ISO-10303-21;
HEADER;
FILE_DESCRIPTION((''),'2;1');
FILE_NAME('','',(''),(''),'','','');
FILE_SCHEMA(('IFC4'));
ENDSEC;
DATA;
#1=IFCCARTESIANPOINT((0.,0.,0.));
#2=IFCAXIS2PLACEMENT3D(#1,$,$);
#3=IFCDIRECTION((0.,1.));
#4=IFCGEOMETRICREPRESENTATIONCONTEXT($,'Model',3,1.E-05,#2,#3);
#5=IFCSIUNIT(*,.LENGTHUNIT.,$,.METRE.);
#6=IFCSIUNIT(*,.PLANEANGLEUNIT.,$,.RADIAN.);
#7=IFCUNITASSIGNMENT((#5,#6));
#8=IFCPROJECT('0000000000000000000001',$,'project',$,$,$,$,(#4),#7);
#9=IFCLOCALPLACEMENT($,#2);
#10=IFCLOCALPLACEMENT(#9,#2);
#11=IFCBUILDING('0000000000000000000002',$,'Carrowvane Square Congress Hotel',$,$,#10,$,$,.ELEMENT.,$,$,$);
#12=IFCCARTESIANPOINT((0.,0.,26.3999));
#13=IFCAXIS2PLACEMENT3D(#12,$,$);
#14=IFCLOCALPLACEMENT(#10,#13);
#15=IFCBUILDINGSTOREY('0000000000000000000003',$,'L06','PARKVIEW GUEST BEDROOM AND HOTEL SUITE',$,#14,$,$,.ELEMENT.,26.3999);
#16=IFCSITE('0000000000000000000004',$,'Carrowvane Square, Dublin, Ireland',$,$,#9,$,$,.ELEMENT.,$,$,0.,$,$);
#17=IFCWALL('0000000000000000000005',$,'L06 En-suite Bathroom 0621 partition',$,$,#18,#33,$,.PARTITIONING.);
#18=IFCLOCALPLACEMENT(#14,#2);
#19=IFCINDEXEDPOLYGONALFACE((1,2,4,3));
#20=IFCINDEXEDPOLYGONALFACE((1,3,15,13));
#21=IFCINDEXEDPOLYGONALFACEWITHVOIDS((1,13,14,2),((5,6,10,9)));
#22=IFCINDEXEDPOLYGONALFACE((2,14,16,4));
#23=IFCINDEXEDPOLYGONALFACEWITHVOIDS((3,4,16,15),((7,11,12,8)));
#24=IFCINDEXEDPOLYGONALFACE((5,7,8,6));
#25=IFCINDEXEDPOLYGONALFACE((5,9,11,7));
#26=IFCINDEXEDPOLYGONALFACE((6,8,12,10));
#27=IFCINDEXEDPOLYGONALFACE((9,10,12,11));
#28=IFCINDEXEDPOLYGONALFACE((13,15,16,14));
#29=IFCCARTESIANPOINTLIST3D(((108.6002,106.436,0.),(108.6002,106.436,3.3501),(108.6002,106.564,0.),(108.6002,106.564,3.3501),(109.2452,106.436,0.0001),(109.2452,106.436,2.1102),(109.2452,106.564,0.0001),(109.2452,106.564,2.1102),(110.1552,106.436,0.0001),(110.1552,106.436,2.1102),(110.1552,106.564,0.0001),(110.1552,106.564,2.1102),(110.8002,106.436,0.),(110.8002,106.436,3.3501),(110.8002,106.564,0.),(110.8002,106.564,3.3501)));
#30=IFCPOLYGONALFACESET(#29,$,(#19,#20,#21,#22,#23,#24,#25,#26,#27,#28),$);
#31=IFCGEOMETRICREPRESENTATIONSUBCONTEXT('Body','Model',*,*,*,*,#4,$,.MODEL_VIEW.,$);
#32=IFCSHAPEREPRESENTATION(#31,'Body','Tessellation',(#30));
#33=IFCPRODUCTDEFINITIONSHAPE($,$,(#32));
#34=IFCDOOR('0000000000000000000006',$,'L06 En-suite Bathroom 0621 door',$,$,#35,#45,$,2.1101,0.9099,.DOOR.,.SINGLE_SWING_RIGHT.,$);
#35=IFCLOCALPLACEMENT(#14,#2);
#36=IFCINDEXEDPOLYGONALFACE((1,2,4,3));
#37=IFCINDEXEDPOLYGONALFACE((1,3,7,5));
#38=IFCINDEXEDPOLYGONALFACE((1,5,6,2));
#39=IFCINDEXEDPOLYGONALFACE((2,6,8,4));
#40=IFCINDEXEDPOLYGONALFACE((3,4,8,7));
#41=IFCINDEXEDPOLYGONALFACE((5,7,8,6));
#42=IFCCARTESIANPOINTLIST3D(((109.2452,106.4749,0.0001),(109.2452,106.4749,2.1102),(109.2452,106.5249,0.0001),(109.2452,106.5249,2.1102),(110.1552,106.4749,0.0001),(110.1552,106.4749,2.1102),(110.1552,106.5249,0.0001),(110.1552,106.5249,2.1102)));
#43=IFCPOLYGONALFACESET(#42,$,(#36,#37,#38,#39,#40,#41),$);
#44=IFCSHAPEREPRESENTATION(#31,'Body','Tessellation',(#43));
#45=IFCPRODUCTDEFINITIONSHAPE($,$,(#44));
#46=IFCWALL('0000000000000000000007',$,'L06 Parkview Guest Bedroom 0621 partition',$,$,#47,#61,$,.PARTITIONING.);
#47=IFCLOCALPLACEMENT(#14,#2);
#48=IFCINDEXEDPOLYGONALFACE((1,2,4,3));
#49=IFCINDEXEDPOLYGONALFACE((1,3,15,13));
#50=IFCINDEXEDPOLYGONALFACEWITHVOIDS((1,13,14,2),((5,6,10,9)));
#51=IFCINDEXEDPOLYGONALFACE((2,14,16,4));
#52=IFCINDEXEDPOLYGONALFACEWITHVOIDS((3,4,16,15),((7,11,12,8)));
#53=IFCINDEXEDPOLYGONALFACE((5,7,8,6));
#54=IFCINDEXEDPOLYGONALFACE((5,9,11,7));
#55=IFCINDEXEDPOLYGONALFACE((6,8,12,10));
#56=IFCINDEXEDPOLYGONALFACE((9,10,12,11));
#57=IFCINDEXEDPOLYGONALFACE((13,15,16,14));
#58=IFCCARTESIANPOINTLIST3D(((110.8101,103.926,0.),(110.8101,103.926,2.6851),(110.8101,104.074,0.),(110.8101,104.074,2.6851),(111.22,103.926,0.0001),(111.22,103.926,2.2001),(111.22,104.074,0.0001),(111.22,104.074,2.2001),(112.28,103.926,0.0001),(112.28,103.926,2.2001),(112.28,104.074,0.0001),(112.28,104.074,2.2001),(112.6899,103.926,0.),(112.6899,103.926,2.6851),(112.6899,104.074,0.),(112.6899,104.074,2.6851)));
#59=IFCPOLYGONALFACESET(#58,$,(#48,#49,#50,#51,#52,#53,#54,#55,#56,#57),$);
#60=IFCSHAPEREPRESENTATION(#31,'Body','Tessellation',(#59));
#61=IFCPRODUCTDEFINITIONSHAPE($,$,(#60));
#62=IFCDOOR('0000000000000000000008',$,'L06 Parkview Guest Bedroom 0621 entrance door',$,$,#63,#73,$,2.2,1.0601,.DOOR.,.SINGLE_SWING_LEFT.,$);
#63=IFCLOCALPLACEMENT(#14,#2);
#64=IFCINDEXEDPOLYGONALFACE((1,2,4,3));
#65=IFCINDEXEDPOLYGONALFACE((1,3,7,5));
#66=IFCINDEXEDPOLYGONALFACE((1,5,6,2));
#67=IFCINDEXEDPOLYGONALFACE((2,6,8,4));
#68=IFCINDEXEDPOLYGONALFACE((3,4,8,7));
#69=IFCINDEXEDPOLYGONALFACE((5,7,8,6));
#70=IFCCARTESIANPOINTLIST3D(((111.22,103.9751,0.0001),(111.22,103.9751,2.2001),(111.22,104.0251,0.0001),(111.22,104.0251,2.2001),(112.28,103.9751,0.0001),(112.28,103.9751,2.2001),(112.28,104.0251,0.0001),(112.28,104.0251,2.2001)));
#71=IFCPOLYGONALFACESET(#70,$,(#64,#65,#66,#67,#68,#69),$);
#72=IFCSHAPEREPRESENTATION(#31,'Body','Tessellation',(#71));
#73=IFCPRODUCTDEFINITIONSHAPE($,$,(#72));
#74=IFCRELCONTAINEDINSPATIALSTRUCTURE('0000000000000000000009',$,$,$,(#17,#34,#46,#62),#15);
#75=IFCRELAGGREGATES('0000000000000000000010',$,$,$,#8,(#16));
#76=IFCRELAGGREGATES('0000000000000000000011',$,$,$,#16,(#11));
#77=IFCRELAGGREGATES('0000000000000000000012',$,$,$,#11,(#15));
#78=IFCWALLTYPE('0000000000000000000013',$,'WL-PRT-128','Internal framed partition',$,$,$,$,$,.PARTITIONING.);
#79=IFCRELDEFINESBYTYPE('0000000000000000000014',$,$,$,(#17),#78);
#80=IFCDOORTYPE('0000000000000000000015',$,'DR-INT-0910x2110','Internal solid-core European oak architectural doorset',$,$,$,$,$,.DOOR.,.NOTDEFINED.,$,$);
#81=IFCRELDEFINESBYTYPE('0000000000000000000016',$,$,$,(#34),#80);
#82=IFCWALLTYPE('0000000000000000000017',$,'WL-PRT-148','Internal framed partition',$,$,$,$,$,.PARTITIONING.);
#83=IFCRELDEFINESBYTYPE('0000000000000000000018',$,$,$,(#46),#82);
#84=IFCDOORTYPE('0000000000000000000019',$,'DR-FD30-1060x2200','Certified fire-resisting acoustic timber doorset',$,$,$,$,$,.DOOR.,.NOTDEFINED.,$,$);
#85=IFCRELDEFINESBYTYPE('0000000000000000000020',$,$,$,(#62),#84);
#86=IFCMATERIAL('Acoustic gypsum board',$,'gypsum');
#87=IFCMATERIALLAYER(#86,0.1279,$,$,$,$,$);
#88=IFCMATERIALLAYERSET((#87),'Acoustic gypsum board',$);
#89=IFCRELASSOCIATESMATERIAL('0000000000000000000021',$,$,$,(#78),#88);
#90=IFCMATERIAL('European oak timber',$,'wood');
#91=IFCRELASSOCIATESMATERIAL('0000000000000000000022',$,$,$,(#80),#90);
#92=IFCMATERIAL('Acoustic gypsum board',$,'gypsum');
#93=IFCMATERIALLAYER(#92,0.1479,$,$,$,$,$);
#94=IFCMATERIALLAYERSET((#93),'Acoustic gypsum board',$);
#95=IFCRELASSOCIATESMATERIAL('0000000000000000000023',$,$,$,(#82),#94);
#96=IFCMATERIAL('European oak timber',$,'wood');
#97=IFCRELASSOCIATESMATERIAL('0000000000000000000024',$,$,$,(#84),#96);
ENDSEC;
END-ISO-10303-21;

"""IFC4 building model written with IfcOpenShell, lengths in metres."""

from ifc_helpers import new_model, si_unit, direction, frame, frame_2d, origin, place, context, subcontext, project, spatial, rectangle, extrude, material, layer, layer_set, type_object, element, fill, save


model = new_model("IFC4")

# Units and contexts
model_context = context("Model", 3, precision=1e-05, world=origin(), true_north=direction((0.0, 1.0)))
body_context = subcontext(model_context, "Body", "Model", "MODEL_VIEW")
ifc_project = project(units=[si_unit("LENGTHUNIT", "METRE"), si_unit("PLANEANGLEUNIT", "RADIAN")], contexts=[model_context])

# Site, building, storey
site_placement = place(None, origin())
site = spatial("IfcSite", under=ifc_project, at=site_placement, Name="Carrowvane Square, Dublin, Ireland", CompositionType="ELEMENT", RefElevation=0.0)
building_placement = place(site_placement, origin())
building = spatial("IfcBuilding", under=site, at=building_placement, Name="Carrowvane Square Congress Hotel", CompositionType="ELEMENT")
storey_placement = place(building_placement, frame((0.0, 0.0, 26.3999)))
storey = spatial("IfcBuildingStorey", under=building, at=storey_placement, Name="L06", Description="PARKVIEW GUEST BEDROOM AND HOTEL SUITE", CompositionType="ELEMENT", Elevation=26.3999)

# Walls, openings, doors
ifc_material_1 = material(Name="Acoustic gypsum board", Category="gypsum")
ifc_layer_1 = layer(ifc_material_1, 0.1279)
ifc_layer_set_1 = layer_set([ifc_layer_1], Name="Acoustic gypsum board")
wall_type_1 = type_object("IfcWallType", Name="WL-PRT-128", Description="Internal framed partition", PredefinedType="PARTITIONING", material=ifc_layer_set_1)
wall_1_placement = place(storey_placement, frame((108.6001, 106.5, 0.0), z_axis=(0.0, 0.0, 1.0), x_axis=(1.0, 0.0, 0.0)))
wall_1 = element("IfcWall", 1, at=wall_1_placement, inside=storey, type_object=wall_type_1, Name="L06 En-suite Bathroom 0621 partition", PredefinedType="PARTITIONING", context=body_context, shape_type="SweptSolid", body=[
    extrude(rectangle(XDim=2.2, YDim=0.1279, at=frame_2d((1.1001, 0.0))), origin(), (0.0, 0.0, 1.0), 3.3501),
])
opening_1_placement = place(wall_1_placement, frame((0.645, 0.0, 0.0)))
opening_1 = element("IfcOpeningElement", 2, at=opening_1_placement, cuts=wall_1, PredefinedType="OPENING", context=body_context, shape_type="SweptSolid", body=[
    extrude(rectangle(XDim=0.9099, YDim=2.1101, at=frame_2d((0.4551, 1.0552))), frame((0.0, 0.074, 0.0), z_axis=(0.0, -1.0, 0.0), x_axis=(1.0, 0.0, 0.0)), (0.0, 0.0, 1.0), 0.1479),
])
ifc_material_2 = material(Name="European oak timber", Category="wood")
door_type_1 = type_object("IfcDoorType", Name="DR-INT-0910x2110", Description="Internal solid-core European oak architectural doorset", OperationType="NOTDEFINED", PredefinedType="DOOR", material=ifc_material_2)
door_1_placement = place(opening_1_placement, origin())
door_1 = element("IfcDoor", 3, at=door_1_placement, inside=storey, type_object=door_type_1, Name="L06 En-suite Bathroom 0621 door", OperationType="SINGLE_SWING_RIGHT", OverallHeight=2.1101, OverallWidth=0.9099, PredefinedType="DOOR", context=body_context, shape_type="SweptSolid", body=[
    extrude(rectangle(XDim=0.9099, YDim=2.1101, at=frame_2d((0.4551, 1.0552))), frame((0.0, 0.0249, 0.0), z_axis=(0.0, -1.0, 0.0), x_axis=(1.0, 0.0, 0.0)), (0.0, 0.0, 1.0), 0.05),
])
fill(opening_1, door_1)
ifc_material_3 = material(Name="Acoustic gypsum board", Category="gypsum")
ifc_layer_2 = layer(ifc_material_3, 0.1479)
ifc_layer_set_2 = layer_set([ifc_layer_2], Name="Acoustic gypsum board")
wall_type_2 = type_object("IfcWallType", Name="WL-PRT-148", Description="Internal framed partition", PredefinedType="PARTITIONING", material=ifc_layer_set_2)
wall_2_placement = place(storey_placement, frame((112.6899, 104.0, 0.0), z_axis=(0.0, 0.0, 1.0), x_axis=(-1.0, 0.0, 0.0)))
wall_2 = element("IfcWall", 4, at=wall_2_placement, inside=storey, type_object=wall_type_2, Name="L06 Parkview Guest Bedroom 0621 partition", PredefinedType="PARTITIONING", context=body_context, shape_type="SweptSolid", body=[
    extrude(rectangle(XDim=1.8799, YDim=0.1479, at=frame_2d((0.9399, 0.0))), origin(), (0.0, 0.0, 1.0), 2.6851),
])
opening_2_placement = place(wall_2_placement, frame((0.4099, 0.0, 0.0)))
opening_2 = element("IfcOpeningElement", 5, at=opening_2_placement, cuts=wall_2, PredefinedType="OPENING", context=body_context, shape_type="SweptSolid", body=[
    extrude(rectangle(XDim=1.0601, YDim=2.2, at=frame_2d((0.53, 1.1001))), frame((0.0, 0.084, 0.0), z_axis=(0.0, -1.0, 0.0), x_axis=(1.0, 0.0, 0.0)), (0.0, 0.0, 1.0), 0.168),
])
ifc_material_4 = material(Name="European oak timber", Category="wood")
door_type_2 = type_object("IfcDoorType", Name="DR-FD30-1060x2200", Description="Certified fire-resisting acoustic timber doorset", OperationType="NOTDEFINED", PredefinedType="DOOR", material=ifc_material_4)
door_2_placement = place(opening_2_placement, origin())
door_2 = element("IfcDoor", 6, at=door_2_placement, inside=storey, type_object=door_type_2, Name="L06 Parkview Guest Bedroom 0621 entrance door", OperationType="SINGLE_SWING_LEFT", OverallHeight=2.2, OverallWidth=1.0601, PredefinedType="DOOR", context=body_context, shape_type="SweptSolid", body=[
    extrude(rectangle(XDim=1.0601, YDim=2.2, at=frame_2d((0.53, 1.1001))), frame((0.0, 0.0249, 0.0), z_axis=(0.0, -1.0, 0.0), x_axis=(1.0, 0.0, 0.0)), (0.0, 0.0, 1.0), 0.05),
])
fill(opening_2, door_2)

save(model, "model.ifc")
